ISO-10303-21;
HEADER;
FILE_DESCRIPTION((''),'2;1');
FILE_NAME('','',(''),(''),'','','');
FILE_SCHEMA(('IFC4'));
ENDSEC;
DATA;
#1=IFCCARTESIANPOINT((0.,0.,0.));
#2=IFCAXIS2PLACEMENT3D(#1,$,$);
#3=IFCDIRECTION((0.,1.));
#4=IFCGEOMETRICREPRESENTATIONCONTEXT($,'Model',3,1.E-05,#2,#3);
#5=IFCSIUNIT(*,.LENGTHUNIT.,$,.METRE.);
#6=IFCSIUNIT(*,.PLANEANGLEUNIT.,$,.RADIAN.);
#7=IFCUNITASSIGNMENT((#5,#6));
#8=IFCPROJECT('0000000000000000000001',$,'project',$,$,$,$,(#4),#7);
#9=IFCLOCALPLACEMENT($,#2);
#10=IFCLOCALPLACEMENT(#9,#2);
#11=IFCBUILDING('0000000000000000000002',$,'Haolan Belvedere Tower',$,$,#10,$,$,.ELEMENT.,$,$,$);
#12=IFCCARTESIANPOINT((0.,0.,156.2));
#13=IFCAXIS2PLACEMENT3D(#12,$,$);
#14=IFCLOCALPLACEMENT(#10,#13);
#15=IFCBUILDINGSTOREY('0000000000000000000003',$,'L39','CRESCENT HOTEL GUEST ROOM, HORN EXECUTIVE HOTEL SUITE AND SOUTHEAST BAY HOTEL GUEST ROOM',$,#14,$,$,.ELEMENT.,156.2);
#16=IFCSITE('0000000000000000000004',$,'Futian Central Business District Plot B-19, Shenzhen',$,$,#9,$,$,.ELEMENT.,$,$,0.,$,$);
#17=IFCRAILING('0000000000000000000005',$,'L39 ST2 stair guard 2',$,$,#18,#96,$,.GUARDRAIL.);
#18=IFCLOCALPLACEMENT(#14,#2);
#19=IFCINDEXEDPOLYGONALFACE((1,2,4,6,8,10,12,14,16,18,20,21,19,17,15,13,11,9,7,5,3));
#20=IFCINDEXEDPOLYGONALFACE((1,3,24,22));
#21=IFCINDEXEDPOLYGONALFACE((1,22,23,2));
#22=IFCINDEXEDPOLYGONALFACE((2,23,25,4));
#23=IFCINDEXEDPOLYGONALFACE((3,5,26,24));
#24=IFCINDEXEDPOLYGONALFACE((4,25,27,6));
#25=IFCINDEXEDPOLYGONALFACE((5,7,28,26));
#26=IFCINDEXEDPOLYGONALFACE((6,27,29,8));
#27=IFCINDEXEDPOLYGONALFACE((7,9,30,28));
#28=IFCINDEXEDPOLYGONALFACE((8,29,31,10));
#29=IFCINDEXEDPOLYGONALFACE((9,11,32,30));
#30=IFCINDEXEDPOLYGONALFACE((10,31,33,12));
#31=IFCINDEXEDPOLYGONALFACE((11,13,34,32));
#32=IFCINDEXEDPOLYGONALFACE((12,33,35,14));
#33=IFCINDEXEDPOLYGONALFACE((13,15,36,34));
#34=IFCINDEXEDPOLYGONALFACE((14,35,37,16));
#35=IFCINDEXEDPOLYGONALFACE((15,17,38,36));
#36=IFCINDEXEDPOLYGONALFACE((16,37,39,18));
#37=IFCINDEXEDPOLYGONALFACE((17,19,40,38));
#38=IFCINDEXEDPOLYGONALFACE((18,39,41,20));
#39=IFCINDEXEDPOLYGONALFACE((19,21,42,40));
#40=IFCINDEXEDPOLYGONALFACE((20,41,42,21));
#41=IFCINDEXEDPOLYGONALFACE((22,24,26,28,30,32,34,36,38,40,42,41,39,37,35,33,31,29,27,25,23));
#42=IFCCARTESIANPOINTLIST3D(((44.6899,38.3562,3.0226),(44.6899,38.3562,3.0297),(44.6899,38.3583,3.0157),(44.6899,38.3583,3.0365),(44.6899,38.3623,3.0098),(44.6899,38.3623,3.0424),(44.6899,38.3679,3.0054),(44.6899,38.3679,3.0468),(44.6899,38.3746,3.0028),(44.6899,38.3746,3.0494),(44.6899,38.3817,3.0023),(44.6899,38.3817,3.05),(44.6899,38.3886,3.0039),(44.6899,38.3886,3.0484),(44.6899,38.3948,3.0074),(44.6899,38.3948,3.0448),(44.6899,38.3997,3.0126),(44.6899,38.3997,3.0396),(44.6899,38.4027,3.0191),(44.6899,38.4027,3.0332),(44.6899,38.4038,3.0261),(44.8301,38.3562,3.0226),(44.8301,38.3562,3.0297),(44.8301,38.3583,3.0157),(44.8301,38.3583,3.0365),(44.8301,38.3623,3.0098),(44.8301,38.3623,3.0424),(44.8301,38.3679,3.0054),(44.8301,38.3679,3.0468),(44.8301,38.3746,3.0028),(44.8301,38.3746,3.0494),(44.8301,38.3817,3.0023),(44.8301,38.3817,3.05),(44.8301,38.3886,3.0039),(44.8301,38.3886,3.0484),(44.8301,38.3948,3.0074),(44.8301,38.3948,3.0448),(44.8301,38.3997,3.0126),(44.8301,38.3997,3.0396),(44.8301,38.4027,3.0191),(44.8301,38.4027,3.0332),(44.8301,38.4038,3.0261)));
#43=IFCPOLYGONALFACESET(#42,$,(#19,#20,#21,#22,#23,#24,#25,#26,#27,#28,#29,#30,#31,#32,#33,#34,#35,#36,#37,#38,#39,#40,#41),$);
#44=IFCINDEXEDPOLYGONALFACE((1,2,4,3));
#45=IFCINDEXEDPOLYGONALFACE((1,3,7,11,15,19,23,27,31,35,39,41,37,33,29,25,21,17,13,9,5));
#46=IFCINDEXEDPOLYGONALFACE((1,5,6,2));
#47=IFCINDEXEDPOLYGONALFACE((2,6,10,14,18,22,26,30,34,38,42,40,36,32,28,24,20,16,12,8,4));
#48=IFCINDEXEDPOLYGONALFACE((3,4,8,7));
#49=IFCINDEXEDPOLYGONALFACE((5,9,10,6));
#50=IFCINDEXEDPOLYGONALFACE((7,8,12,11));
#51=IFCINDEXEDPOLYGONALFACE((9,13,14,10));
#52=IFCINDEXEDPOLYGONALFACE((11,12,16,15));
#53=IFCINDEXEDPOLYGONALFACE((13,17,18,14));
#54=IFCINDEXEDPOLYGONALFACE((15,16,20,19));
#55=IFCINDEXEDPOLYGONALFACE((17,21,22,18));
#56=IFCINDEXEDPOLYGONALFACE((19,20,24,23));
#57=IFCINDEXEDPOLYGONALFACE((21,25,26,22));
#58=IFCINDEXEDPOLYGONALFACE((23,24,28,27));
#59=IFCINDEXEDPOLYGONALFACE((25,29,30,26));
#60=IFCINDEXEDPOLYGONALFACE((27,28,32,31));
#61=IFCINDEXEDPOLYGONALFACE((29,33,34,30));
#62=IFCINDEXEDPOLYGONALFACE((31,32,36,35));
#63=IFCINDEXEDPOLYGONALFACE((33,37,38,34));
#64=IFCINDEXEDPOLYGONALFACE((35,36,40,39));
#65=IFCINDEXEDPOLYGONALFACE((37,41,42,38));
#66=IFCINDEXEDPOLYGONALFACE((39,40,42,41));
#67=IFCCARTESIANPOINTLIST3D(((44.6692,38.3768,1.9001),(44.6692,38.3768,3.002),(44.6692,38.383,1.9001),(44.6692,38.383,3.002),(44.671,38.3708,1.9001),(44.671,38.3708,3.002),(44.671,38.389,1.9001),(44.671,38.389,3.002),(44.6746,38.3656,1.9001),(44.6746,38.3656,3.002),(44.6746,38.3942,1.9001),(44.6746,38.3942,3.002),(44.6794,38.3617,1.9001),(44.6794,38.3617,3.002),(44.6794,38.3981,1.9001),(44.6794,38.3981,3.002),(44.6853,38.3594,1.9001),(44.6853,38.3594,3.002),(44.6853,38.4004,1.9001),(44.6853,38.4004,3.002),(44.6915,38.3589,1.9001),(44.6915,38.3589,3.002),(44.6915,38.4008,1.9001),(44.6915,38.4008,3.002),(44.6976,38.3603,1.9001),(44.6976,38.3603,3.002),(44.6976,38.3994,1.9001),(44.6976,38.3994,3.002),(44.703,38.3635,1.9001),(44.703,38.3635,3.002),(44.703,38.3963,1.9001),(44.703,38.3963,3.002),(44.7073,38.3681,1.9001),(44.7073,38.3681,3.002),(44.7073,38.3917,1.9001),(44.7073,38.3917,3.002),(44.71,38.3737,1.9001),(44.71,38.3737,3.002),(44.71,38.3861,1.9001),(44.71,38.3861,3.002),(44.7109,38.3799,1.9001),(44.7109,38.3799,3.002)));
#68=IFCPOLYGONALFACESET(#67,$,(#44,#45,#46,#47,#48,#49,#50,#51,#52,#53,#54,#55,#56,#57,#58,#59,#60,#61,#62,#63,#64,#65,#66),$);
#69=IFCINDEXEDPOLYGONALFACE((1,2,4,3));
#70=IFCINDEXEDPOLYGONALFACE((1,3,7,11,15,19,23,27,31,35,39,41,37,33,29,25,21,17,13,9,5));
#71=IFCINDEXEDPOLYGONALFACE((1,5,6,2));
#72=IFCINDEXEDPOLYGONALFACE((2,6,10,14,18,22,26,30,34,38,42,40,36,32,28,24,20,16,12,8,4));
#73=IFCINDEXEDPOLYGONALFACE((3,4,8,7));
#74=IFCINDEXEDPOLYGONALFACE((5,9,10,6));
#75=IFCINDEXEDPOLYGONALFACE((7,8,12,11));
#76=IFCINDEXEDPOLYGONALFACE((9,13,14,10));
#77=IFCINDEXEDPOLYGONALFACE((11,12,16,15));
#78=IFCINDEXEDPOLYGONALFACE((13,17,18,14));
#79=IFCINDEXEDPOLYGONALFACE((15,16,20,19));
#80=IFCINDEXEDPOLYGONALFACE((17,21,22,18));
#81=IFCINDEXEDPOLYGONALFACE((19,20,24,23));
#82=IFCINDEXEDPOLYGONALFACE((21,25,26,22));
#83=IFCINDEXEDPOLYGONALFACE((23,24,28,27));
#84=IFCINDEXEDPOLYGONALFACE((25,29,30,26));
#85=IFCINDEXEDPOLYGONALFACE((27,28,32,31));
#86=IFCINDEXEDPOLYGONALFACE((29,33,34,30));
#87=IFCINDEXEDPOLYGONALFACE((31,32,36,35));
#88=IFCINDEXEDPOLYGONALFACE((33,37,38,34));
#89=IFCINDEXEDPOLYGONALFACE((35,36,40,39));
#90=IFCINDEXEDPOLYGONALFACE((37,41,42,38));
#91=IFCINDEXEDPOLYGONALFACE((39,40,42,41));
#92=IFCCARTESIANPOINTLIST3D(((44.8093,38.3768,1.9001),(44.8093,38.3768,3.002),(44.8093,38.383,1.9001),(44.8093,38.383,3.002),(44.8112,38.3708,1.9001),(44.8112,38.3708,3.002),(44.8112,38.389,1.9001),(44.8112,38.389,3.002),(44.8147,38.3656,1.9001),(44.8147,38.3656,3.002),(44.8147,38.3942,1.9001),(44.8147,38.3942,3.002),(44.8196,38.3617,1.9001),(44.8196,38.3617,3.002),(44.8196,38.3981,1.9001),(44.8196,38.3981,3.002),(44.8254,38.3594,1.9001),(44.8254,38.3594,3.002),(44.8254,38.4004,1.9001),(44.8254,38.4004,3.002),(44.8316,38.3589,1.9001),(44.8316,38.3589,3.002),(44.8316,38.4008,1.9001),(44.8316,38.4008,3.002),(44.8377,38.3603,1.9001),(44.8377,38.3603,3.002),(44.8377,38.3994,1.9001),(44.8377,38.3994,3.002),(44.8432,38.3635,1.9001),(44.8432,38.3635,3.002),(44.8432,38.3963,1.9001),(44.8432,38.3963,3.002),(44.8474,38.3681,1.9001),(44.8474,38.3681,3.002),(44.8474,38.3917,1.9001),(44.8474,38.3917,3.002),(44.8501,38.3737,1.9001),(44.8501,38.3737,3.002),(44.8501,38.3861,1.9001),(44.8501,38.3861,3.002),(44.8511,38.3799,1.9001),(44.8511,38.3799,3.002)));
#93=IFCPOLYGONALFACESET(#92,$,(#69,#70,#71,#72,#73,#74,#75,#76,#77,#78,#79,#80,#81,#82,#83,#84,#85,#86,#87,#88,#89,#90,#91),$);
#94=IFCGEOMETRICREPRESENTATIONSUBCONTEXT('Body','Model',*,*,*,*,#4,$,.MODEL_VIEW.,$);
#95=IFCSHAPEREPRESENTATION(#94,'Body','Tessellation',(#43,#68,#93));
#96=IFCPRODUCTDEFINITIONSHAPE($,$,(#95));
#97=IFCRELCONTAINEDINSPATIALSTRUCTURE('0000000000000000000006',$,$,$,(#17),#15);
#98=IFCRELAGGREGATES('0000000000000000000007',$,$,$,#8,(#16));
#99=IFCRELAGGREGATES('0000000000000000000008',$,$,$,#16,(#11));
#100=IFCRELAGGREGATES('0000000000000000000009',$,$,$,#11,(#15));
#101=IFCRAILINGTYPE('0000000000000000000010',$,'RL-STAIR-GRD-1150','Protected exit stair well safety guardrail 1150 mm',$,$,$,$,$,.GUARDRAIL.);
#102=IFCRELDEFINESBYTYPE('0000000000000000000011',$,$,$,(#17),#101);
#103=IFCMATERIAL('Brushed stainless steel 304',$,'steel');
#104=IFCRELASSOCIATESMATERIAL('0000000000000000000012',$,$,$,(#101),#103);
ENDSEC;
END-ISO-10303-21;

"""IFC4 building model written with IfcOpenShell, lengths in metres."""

from ifc_helpers import new_model, si_unit, direction, frame, origin, origin_2d, place, context, subcontext, project, spatial, circle, extrude, material, type_object, element, save


model = new_model("IFC4")

# Units and contexts
model_context = context("Model", 3, precision=1e-05, world=origin(), true_north=direction((0.0, 1.0)))
body_context = subcontext(model_context, "Body", "Model", "MODEL_VIEW")
ifc_project = project(units=[si_unit("LENGTHUNIT", "METRE"), si_unit("PLANEANGLEUNIT", "RADIAN")], contexts=[model_context])

# Site, building, storey
site_placement = place(None, origin())
site = spatial("IfcSite", under=ifc_project, at=site_placement, Name="Futian Central Business District Plot B-19, Shenzhen", CompositionType="ELEMENT", RefElevation=0.0)
building_placement = place(site_placement, origin())
building = spatial("IfcBuilding", under=site, at=building_placement, Name="Haolan Belvedere Tower", CompositionType="ELEMENT")
storey_placement = place(building_placement, frame((0.0, 0.0, 156.2)))
storey = spatial("IfcBuildingStorey", under=building, at=storey_placement, Name="L39", Description="CRESCENT HOTEL GUEST ROOM, HORN EXECUTIVE HOTEL SUITE AND SOUTHEAST BAY HOTEL GUEST ROOM", CompositionType="ELEMENT", Elevation=156.2)

# Railing
ifc_material_1 = material(Name="Brushed stainless steel 304", Category="steel")
railing_type_1 = type_object("IfcRailingType", Name="RL-STAIR-GRD-1150", Description="Protected exit stair well safety guardrail 1150 mm", PredefinedType="GUARDRAIL", material=ifc_material_1)
railing_1_placement = place(storey_placement, frame((44.6899, 38.3799, 1.9001)))
element("IfcRailing", 1, at=railing_1_placement, inside=storey, type_object=railing_type_1, Name="L39 ST2 stair guard 2", PredefinedType="GUARDRAIL", context=body_context, shape_type="SweptSolid", body=[
    extrude(circle(Radius=0.0239, at=origin_2d()), frame((0.0, 0.0, 1.126), z_axis=(1.0, 0.0, 0.0), x_axis=(0.0, 1.0, 0.0)), (0.0, 0.0, 1.0), 0.1401),
    extrude(circle(Radius=0.021, at=origin_2d()), origin(), (0.0, 0.0, 1.0), 1.1018),
    extrude(circle(Radius=0.021, at=origin_2d()), frame((0.1401, 0.0, 0.0)), (0.0, 0.0, 1.0), 1.1018),
])

save(model, "model.ifc")
